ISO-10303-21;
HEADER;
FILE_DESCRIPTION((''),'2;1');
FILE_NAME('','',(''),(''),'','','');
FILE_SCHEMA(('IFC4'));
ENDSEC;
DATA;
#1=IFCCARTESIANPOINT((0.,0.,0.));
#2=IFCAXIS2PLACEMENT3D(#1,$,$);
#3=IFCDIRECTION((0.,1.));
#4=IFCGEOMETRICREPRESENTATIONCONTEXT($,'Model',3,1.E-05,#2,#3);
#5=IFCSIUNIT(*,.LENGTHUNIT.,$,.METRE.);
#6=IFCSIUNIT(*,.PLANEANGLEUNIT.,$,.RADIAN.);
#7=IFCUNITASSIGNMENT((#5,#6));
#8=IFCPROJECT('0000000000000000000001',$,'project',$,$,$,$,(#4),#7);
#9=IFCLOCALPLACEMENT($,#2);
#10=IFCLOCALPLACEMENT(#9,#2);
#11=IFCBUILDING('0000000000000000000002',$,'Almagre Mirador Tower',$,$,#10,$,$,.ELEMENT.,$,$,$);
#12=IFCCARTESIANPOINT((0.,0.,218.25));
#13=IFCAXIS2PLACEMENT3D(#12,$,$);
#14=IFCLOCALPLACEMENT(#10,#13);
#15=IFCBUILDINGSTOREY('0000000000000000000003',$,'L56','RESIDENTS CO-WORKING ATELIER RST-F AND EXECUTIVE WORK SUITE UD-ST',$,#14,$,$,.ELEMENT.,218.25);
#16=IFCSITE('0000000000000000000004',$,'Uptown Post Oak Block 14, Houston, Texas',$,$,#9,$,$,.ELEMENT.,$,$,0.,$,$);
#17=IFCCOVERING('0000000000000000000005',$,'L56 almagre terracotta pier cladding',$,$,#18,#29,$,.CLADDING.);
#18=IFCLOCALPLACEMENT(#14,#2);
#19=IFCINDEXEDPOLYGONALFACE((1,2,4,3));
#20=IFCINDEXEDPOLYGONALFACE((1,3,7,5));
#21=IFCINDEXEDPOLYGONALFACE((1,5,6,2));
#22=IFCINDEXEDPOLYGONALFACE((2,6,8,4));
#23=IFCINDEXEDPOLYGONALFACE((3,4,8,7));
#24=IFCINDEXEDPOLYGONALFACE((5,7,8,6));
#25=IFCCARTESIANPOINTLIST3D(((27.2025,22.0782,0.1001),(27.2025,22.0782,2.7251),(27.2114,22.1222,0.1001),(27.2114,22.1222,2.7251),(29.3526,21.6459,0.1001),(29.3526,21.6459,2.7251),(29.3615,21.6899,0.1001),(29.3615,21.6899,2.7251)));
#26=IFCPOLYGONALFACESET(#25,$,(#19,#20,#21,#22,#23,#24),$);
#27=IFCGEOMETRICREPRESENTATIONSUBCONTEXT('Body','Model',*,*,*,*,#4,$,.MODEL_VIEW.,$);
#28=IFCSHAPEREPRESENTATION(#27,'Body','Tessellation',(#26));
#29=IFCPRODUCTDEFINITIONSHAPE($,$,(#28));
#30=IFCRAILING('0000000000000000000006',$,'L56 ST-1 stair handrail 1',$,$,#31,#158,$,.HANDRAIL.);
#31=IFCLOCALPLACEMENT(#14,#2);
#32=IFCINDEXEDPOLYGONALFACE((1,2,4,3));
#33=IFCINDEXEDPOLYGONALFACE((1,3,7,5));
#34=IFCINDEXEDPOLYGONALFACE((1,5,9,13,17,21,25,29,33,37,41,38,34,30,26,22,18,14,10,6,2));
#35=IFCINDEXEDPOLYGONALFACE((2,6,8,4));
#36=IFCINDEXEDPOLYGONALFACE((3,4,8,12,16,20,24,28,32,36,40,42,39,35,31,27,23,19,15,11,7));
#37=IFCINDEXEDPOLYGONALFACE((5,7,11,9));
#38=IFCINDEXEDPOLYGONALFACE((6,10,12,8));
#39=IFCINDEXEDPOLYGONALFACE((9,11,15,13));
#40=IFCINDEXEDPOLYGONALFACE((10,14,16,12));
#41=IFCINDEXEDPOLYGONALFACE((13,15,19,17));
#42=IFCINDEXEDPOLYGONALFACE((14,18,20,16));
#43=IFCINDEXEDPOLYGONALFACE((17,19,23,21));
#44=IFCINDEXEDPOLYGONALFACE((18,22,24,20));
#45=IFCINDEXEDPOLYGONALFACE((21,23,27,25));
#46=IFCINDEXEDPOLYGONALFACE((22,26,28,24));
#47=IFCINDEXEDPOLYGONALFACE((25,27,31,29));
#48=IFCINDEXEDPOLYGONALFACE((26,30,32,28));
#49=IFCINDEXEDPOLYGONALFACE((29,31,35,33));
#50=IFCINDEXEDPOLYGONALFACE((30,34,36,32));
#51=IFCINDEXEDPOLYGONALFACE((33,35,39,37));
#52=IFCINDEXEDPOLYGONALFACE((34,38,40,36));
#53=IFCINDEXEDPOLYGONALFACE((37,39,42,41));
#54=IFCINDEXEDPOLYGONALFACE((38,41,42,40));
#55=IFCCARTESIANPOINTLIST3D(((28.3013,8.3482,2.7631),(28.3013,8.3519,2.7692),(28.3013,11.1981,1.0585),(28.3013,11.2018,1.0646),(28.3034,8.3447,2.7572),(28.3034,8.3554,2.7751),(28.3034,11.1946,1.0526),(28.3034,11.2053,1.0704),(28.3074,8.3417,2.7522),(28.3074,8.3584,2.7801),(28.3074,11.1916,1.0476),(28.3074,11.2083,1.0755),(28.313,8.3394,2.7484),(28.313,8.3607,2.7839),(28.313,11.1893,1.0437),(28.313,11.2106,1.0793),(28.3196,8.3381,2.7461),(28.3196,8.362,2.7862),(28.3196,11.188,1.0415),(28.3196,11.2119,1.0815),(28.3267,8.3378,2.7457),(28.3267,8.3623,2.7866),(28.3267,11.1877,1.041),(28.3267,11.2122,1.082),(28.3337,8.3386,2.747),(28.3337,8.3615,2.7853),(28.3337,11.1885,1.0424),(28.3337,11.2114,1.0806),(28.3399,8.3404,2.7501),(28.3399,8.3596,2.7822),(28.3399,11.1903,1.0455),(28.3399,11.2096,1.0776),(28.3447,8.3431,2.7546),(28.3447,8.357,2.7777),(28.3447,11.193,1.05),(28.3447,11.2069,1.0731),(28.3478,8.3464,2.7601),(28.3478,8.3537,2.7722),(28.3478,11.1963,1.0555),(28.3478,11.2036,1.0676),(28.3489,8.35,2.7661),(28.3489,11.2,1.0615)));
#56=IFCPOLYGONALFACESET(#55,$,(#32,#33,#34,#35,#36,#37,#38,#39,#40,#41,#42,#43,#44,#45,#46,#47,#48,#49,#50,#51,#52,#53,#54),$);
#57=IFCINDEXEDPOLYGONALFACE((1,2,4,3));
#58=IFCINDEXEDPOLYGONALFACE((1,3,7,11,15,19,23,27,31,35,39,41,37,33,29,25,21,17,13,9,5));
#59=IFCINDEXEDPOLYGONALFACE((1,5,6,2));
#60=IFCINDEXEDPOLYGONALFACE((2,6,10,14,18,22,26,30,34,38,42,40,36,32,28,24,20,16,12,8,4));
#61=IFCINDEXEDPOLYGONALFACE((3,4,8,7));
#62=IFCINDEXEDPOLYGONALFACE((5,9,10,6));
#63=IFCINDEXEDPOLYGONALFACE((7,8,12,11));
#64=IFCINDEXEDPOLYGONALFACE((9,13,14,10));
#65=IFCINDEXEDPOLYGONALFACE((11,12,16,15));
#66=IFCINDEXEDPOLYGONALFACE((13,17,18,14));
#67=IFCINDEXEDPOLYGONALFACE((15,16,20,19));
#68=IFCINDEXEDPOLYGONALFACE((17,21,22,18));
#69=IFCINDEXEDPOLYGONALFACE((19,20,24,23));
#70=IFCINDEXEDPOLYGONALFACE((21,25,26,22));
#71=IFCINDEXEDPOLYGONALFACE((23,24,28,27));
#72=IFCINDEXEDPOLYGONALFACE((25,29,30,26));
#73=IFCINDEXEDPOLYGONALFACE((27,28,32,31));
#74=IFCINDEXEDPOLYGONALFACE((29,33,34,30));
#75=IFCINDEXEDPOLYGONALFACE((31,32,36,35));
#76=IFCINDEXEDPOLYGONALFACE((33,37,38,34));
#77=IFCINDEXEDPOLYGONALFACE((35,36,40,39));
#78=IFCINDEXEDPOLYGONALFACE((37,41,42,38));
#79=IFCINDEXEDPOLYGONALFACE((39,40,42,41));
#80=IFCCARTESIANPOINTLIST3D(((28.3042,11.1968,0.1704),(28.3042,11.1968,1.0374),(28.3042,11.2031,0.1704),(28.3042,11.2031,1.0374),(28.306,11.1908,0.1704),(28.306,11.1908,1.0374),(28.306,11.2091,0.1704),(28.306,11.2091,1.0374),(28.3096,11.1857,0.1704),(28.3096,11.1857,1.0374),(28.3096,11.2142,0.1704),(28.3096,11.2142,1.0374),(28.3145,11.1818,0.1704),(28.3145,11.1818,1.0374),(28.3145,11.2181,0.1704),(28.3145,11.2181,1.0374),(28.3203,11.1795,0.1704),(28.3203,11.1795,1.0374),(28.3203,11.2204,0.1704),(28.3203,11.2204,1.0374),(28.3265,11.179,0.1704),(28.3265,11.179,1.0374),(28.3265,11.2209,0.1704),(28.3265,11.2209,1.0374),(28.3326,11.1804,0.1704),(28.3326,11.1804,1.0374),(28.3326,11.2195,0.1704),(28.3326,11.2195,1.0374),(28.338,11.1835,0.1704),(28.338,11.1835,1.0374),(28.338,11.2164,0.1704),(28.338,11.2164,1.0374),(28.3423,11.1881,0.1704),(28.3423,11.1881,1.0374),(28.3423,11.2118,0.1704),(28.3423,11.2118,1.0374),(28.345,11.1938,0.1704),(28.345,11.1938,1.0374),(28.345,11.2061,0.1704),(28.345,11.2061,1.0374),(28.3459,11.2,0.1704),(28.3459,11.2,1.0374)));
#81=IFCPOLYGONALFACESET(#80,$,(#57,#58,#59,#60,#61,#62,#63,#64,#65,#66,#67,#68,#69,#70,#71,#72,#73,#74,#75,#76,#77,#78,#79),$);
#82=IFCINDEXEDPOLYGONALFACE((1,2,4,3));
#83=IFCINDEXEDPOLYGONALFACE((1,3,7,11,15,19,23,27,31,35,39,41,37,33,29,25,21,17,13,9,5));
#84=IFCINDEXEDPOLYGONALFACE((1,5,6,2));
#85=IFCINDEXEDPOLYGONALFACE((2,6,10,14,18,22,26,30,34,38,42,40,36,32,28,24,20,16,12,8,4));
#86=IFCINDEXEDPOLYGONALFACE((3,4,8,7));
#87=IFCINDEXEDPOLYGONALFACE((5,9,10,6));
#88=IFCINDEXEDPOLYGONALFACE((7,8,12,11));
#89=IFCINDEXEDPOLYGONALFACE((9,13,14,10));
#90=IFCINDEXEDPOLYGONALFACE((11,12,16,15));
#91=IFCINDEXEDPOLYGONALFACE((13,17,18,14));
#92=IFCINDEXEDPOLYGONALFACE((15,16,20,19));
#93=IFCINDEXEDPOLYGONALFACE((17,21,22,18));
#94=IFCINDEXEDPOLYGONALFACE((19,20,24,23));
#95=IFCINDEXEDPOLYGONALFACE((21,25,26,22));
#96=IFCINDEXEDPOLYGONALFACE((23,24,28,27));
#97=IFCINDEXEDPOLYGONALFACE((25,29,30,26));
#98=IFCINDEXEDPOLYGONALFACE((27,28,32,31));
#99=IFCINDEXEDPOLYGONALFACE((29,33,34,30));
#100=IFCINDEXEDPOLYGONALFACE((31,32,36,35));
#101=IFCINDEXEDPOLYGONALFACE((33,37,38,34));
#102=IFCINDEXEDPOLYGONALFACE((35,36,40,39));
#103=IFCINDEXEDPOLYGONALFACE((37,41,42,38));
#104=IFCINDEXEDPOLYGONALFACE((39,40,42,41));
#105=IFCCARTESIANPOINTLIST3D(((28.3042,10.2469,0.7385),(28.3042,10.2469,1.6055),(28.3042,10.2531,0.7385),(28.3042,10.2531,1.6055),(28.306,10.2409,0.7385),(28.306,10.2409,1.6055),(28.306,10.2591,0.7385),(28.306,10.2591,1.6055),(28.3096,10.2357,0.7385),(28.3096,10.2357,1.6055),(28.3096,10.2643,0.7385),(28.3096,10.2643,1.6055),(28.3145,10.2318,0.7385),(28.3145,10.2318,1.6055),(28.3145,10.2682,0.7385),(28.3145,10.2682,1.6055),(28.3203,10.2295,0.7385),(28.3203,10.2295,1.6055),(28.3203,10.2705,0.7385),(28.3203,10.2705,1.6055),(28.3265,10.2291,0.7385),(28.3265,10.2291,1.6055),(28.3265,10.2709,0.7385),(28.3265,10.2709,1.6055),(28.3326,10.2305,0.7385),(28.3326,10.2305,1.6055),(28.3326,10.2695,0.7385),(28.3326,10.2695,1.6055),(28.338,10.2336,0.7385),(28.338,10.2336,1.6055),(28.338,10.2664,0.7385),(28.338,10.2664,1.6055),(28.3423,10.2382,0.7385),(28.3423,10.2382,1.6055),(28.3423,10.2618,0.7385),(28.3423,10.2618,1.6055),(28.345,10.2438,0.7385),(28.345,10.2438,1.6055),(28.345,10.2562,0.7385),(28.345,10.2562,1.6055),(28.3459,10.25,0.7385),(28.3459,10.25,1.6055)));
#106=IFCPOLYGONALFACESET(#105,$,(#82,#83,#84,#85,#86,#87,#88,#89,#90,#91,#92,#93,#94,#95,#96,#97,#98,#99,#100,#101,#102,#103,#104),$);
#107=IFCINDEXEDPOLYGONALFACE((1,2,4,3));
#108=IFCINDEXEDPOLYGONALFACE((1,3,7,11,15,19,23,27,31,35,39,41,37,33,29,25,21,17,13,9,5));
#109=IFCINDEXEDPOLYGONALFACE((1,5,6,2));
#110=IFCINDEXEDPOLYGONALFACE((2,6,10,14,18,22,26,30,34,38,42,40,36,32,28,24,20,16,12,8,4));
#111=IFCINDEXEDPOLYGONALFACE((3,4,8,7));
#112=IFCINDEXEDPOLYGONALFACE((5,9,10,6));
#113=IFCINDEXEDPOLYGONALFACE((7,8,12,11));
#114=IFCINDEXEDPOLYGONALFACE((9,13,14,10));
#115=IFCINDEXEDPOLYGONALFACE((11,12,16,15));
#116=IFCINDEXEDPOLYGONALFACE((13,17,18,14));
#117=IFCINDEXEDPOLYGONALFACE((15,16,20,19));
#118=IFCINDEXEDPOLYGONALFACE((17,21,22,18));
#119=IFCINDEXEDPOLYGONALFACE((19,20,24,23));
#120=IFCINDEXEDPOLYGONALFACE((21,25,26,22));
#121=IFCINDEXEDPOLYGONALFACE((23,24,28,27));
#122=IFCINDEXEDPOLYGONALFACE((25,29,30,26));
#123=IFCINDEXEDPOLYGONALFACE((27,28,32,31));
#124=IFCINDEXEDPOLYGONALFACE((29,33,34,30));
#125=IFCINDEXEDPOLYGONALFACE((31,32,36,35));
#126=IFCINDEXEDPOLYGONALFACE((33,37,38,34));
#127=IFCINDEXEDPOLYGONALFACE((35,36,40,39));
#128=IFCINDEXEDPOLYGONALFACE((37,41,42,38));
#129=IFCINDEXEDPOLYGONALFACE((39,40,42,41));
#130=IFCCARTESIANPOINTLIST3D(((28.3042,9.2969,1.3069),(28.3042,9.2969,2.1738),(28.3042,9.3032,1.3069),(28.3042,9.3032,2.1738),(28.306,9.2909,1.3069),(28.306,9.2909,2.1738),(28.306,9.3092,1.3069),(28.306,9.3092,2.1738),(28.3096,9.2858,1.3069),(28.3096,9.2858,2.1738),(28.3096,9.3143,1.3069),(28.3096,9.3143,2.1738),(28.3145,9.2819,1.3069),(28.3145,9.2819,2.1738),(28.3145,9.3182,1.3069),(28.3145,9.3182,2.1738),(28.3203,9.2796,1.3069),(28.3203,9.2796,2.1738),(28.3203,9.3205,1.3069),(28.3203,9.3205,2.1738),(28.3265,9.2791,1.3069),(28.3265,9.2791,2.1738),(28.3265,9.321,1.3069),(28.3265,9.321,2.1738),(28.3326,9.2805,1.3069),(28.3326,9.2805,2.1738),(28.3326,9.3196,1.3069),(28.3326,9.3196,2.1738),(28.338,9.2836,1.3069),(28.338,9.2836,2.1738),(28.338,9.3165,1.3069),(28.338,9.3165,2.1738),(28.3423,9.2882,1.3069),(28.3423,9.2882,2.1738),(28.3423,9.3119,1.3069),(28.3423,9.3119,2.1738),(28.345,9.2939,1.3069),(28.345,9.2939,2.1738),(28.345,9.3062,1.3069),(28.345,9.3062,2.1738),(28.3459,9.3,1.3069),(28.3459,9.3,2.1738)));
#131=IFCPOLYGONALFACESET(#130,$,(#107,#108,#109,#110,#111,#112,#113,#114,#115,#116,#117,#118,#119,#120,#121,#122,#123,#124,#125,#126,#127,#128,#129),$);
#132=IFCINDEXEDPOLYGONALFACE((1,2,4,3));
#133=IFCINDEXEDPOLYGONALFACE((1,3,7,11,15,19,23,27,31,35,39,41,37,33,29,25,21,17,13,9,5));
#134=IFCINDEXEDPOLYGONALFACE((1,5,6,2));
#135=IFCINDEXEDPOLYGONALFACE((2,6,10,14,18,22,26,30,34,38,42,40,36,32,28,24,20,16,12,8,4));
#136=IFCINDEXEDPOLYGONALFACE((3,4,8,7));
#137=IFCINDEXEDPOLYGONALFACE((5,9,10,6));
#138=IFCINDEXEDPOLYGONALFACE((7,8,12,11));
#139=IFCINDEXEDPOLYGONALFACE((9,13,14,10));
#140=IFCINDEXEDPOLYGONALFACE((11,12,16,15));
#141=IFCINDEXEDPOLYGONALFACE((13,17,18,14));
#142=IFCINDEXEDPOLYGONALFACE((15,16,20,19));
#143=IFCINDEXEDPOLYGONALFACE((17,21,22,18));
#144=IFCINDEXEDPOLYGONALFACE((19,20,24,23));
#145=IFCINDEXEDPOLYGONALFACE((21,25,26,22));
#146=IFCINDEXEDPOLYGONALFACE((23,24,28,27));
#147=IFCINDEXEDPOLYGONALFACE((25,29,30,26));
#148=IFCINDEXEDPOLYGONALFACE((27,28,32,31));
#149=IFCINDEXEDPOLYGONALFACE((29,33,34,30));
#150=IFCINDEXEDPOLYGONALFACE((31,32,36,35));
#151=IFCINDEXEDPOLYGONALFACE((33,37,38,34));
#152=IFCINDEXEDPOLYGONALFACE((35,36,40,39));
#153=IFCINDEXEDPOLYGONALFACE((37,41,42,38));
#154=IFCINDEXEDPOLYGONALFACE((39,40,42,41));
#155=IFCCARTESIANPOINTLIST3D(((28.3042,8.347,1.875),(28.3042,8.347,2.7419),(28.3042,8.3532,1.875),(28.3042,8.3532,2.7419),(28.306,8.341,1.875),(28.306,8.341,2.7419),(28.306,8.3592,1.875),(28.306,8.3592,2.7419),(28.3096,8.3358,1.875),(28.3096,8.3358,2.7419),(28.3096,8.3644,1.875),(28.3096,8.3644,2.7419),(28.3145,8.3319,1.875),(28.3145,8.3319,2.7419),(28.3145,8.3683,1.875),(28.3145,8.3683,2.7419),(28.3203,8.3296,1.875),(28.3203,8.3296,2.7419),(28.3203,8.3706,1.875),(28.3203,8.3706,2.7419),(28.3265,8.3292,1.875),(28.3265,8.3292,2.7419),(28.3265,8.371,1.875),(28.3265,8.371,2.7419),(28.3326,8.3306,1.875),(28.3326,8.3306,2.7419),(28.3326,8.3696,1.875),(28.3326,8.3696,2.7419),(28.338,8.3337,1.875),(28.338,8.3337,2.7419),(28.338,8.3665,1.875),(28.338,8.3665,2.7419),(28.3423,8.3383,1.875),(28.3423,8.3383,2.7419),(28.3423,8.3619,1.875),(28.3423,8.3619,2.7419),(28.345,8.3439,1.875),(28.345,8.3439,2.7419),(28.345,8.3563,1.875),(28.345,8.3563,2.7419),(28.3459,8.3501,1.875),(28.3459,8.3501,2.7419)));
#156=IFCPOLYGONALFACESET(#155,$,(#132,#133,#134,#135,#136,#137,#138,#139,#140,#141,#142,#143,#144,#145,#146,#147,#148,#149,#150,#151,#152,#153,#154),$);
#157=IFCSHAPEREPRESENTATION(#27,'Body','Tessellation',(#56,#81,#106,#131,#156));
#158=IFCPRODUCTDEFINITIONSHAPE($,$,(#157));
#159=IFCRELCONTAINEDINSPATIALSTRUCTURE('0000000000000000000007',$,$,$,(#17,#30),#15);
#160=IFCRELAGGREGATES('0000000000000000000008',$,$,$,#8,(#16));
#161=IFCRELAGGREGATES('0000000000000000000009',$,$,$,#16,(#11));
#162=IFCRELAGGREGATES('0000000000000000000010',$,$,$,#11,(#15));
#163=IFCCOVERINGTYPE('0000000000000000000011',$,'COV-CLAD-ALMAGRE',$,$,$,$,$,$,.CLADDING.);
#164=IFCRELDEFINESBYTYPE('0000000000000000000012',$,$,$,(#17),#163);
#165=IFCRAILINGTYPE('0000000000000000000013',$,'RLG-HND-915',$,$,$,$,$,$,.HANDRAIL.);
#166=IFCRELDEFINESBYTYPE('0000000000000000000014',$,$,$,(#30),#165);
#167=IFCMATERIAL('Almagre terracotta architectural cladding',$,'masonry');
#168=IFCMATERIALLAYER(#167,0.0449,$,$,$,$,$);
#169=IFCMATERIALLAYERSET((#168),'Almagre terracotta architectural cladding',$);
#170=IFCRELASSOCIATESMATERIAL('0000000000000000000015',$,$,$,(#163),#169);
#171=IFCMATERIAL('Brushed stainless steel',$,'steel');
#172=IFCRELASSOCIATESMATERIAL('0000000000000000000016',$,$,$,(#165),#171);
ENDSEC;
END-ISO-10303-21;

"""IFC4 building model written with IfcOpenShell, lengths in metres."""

from ifc_helpers import new_model, si_unit, direction, frame, origin, origin_2d, place, context, subcontext, project, spatial, rectangle, circle, extrude, material, layer, layer_set, type_object, element, save


model = new_model("IFC4")

# Units and contexts
model_context = context("Model", 3, precision=1e-05, world=origin(), true_north=direction((0.0, 1.0)))
body_context = subcontext(model_context, "Body", "Model", "MODEL_VIEW")
ifc_project = project(units=[si_unit("LENGTHUNIT", "METRE"), si_unit("PLANEANGLEUNIT", "RADIAN")], contexts=[model_context])

# Site, building, storey
site_placement = place(None, origin())
site = spatial("IfcSite", under=ifc_project, at=site_placement, Name="Uptown Post Oak Block 14, Houston, Texas", CompositionType="ELEMENT", RefElevation=0.0)
building_placement = place(site_placement, origin())
building = spatial("IfcBuilding", under=site, at=building_placement, Name="Almagre Mirador Tower", CompositionType="ELEMENT")
storey_placement = place(building_placement, frame((0.0, 0.0, 218.25)))
storey = spatial("IfcBuildingStorey", under=building, at=storey_placement, Name="L56", Description="RESIDENTS CO-WORKING ATELIER RST-F AND EXECUTIVE WORK SUITE UD-ST", CompositionType="ELEMENT", Elevation=218.25)

# Covering
ifc_material_1 = material(Name="Almagre terracotta architectural cladding", Category="masonry")
ifc_layer_1 = layer(ifc_material_1, 0.0449)
ifc_layer_set_1 = layer_set([ifc_layer_1], Name="Almagre terracotta architectural cladding")
covering_type = type_object("IfcCoveringType", Name="COV-CLAD-ALMAGRE", PredefinedType="CLADDING", material=ifc_layer_set_1)
covering_placement = place(storey_placement, frame((28.282, 21.884, 0.1001), z_axis=(0.0, 0.0, 1.0), x_axis=(0.980381, -0.19711, 0.0)))
element("IfcCovering", 1, at=covering_placement, inside=storey, type_object=covering_type, Name="L56 almagre terracotta pier cladding", PredefinedType="CLADDING", context=body_context, shape_type="SweptSolid", body=[
    extrude(rectangle(XDim=2.1931, YDim=0.0449, at=origin_2d()), origin(), (0.0, 0.0, 1.0), 2.625),
])

# Railing
ifc_material_2 = material(Name="Brushed stainless steel", Category="steel")
railing_type = type_object("IfcRailingType", Name="RLG-HND-915", PredefinedType="HANDRAIL", material=ifc_material_2)
railing_placement = place(storey_placement, frame((28.325, 11.2, 0.1704)))
element("IfcRailing", 2, at=railing_placement, inside=storey, type_object=railing_type, Name="L56 ST-1 stair handrail 1", PredefinedType="HANDRAIL", context=body_context, shape_type="SweptSolid", body=[
    extrude(circle(Radius=0.0239, at=origin_2d()), frame((0.0, 0.0, 0.8911), z_axis=(0.0, -0.858199, 0.513317), x_axis=(1.0, 0.0, 0.0)), (0.0, 0.0, 1.0), 3.3208),
    extrude(circle(Radius=0.021, at=origin_2d()), origin(), (0.0, 0.0, 1.0), 0.8669),
    extrude(circle(Radius=0.021, at=origin_2d()), frame((0.0, -0.95, 0.5681)), (0.0, 0.0, 1.0), 0.8669),
    extrude(circle(Radius=0.021, at=origin_2d()), frame((0.0, -1.8999, 1.1365)), (0.0, 0.0, 1.0), 0.8669),
    extrude(circle(Radius=0.021, at=origin_2d()), frame((0.0, -2.8499, 1.7046)), (0.0, 0.0, 1.0), 0.8669),
])

save(model, "model.ifc")
